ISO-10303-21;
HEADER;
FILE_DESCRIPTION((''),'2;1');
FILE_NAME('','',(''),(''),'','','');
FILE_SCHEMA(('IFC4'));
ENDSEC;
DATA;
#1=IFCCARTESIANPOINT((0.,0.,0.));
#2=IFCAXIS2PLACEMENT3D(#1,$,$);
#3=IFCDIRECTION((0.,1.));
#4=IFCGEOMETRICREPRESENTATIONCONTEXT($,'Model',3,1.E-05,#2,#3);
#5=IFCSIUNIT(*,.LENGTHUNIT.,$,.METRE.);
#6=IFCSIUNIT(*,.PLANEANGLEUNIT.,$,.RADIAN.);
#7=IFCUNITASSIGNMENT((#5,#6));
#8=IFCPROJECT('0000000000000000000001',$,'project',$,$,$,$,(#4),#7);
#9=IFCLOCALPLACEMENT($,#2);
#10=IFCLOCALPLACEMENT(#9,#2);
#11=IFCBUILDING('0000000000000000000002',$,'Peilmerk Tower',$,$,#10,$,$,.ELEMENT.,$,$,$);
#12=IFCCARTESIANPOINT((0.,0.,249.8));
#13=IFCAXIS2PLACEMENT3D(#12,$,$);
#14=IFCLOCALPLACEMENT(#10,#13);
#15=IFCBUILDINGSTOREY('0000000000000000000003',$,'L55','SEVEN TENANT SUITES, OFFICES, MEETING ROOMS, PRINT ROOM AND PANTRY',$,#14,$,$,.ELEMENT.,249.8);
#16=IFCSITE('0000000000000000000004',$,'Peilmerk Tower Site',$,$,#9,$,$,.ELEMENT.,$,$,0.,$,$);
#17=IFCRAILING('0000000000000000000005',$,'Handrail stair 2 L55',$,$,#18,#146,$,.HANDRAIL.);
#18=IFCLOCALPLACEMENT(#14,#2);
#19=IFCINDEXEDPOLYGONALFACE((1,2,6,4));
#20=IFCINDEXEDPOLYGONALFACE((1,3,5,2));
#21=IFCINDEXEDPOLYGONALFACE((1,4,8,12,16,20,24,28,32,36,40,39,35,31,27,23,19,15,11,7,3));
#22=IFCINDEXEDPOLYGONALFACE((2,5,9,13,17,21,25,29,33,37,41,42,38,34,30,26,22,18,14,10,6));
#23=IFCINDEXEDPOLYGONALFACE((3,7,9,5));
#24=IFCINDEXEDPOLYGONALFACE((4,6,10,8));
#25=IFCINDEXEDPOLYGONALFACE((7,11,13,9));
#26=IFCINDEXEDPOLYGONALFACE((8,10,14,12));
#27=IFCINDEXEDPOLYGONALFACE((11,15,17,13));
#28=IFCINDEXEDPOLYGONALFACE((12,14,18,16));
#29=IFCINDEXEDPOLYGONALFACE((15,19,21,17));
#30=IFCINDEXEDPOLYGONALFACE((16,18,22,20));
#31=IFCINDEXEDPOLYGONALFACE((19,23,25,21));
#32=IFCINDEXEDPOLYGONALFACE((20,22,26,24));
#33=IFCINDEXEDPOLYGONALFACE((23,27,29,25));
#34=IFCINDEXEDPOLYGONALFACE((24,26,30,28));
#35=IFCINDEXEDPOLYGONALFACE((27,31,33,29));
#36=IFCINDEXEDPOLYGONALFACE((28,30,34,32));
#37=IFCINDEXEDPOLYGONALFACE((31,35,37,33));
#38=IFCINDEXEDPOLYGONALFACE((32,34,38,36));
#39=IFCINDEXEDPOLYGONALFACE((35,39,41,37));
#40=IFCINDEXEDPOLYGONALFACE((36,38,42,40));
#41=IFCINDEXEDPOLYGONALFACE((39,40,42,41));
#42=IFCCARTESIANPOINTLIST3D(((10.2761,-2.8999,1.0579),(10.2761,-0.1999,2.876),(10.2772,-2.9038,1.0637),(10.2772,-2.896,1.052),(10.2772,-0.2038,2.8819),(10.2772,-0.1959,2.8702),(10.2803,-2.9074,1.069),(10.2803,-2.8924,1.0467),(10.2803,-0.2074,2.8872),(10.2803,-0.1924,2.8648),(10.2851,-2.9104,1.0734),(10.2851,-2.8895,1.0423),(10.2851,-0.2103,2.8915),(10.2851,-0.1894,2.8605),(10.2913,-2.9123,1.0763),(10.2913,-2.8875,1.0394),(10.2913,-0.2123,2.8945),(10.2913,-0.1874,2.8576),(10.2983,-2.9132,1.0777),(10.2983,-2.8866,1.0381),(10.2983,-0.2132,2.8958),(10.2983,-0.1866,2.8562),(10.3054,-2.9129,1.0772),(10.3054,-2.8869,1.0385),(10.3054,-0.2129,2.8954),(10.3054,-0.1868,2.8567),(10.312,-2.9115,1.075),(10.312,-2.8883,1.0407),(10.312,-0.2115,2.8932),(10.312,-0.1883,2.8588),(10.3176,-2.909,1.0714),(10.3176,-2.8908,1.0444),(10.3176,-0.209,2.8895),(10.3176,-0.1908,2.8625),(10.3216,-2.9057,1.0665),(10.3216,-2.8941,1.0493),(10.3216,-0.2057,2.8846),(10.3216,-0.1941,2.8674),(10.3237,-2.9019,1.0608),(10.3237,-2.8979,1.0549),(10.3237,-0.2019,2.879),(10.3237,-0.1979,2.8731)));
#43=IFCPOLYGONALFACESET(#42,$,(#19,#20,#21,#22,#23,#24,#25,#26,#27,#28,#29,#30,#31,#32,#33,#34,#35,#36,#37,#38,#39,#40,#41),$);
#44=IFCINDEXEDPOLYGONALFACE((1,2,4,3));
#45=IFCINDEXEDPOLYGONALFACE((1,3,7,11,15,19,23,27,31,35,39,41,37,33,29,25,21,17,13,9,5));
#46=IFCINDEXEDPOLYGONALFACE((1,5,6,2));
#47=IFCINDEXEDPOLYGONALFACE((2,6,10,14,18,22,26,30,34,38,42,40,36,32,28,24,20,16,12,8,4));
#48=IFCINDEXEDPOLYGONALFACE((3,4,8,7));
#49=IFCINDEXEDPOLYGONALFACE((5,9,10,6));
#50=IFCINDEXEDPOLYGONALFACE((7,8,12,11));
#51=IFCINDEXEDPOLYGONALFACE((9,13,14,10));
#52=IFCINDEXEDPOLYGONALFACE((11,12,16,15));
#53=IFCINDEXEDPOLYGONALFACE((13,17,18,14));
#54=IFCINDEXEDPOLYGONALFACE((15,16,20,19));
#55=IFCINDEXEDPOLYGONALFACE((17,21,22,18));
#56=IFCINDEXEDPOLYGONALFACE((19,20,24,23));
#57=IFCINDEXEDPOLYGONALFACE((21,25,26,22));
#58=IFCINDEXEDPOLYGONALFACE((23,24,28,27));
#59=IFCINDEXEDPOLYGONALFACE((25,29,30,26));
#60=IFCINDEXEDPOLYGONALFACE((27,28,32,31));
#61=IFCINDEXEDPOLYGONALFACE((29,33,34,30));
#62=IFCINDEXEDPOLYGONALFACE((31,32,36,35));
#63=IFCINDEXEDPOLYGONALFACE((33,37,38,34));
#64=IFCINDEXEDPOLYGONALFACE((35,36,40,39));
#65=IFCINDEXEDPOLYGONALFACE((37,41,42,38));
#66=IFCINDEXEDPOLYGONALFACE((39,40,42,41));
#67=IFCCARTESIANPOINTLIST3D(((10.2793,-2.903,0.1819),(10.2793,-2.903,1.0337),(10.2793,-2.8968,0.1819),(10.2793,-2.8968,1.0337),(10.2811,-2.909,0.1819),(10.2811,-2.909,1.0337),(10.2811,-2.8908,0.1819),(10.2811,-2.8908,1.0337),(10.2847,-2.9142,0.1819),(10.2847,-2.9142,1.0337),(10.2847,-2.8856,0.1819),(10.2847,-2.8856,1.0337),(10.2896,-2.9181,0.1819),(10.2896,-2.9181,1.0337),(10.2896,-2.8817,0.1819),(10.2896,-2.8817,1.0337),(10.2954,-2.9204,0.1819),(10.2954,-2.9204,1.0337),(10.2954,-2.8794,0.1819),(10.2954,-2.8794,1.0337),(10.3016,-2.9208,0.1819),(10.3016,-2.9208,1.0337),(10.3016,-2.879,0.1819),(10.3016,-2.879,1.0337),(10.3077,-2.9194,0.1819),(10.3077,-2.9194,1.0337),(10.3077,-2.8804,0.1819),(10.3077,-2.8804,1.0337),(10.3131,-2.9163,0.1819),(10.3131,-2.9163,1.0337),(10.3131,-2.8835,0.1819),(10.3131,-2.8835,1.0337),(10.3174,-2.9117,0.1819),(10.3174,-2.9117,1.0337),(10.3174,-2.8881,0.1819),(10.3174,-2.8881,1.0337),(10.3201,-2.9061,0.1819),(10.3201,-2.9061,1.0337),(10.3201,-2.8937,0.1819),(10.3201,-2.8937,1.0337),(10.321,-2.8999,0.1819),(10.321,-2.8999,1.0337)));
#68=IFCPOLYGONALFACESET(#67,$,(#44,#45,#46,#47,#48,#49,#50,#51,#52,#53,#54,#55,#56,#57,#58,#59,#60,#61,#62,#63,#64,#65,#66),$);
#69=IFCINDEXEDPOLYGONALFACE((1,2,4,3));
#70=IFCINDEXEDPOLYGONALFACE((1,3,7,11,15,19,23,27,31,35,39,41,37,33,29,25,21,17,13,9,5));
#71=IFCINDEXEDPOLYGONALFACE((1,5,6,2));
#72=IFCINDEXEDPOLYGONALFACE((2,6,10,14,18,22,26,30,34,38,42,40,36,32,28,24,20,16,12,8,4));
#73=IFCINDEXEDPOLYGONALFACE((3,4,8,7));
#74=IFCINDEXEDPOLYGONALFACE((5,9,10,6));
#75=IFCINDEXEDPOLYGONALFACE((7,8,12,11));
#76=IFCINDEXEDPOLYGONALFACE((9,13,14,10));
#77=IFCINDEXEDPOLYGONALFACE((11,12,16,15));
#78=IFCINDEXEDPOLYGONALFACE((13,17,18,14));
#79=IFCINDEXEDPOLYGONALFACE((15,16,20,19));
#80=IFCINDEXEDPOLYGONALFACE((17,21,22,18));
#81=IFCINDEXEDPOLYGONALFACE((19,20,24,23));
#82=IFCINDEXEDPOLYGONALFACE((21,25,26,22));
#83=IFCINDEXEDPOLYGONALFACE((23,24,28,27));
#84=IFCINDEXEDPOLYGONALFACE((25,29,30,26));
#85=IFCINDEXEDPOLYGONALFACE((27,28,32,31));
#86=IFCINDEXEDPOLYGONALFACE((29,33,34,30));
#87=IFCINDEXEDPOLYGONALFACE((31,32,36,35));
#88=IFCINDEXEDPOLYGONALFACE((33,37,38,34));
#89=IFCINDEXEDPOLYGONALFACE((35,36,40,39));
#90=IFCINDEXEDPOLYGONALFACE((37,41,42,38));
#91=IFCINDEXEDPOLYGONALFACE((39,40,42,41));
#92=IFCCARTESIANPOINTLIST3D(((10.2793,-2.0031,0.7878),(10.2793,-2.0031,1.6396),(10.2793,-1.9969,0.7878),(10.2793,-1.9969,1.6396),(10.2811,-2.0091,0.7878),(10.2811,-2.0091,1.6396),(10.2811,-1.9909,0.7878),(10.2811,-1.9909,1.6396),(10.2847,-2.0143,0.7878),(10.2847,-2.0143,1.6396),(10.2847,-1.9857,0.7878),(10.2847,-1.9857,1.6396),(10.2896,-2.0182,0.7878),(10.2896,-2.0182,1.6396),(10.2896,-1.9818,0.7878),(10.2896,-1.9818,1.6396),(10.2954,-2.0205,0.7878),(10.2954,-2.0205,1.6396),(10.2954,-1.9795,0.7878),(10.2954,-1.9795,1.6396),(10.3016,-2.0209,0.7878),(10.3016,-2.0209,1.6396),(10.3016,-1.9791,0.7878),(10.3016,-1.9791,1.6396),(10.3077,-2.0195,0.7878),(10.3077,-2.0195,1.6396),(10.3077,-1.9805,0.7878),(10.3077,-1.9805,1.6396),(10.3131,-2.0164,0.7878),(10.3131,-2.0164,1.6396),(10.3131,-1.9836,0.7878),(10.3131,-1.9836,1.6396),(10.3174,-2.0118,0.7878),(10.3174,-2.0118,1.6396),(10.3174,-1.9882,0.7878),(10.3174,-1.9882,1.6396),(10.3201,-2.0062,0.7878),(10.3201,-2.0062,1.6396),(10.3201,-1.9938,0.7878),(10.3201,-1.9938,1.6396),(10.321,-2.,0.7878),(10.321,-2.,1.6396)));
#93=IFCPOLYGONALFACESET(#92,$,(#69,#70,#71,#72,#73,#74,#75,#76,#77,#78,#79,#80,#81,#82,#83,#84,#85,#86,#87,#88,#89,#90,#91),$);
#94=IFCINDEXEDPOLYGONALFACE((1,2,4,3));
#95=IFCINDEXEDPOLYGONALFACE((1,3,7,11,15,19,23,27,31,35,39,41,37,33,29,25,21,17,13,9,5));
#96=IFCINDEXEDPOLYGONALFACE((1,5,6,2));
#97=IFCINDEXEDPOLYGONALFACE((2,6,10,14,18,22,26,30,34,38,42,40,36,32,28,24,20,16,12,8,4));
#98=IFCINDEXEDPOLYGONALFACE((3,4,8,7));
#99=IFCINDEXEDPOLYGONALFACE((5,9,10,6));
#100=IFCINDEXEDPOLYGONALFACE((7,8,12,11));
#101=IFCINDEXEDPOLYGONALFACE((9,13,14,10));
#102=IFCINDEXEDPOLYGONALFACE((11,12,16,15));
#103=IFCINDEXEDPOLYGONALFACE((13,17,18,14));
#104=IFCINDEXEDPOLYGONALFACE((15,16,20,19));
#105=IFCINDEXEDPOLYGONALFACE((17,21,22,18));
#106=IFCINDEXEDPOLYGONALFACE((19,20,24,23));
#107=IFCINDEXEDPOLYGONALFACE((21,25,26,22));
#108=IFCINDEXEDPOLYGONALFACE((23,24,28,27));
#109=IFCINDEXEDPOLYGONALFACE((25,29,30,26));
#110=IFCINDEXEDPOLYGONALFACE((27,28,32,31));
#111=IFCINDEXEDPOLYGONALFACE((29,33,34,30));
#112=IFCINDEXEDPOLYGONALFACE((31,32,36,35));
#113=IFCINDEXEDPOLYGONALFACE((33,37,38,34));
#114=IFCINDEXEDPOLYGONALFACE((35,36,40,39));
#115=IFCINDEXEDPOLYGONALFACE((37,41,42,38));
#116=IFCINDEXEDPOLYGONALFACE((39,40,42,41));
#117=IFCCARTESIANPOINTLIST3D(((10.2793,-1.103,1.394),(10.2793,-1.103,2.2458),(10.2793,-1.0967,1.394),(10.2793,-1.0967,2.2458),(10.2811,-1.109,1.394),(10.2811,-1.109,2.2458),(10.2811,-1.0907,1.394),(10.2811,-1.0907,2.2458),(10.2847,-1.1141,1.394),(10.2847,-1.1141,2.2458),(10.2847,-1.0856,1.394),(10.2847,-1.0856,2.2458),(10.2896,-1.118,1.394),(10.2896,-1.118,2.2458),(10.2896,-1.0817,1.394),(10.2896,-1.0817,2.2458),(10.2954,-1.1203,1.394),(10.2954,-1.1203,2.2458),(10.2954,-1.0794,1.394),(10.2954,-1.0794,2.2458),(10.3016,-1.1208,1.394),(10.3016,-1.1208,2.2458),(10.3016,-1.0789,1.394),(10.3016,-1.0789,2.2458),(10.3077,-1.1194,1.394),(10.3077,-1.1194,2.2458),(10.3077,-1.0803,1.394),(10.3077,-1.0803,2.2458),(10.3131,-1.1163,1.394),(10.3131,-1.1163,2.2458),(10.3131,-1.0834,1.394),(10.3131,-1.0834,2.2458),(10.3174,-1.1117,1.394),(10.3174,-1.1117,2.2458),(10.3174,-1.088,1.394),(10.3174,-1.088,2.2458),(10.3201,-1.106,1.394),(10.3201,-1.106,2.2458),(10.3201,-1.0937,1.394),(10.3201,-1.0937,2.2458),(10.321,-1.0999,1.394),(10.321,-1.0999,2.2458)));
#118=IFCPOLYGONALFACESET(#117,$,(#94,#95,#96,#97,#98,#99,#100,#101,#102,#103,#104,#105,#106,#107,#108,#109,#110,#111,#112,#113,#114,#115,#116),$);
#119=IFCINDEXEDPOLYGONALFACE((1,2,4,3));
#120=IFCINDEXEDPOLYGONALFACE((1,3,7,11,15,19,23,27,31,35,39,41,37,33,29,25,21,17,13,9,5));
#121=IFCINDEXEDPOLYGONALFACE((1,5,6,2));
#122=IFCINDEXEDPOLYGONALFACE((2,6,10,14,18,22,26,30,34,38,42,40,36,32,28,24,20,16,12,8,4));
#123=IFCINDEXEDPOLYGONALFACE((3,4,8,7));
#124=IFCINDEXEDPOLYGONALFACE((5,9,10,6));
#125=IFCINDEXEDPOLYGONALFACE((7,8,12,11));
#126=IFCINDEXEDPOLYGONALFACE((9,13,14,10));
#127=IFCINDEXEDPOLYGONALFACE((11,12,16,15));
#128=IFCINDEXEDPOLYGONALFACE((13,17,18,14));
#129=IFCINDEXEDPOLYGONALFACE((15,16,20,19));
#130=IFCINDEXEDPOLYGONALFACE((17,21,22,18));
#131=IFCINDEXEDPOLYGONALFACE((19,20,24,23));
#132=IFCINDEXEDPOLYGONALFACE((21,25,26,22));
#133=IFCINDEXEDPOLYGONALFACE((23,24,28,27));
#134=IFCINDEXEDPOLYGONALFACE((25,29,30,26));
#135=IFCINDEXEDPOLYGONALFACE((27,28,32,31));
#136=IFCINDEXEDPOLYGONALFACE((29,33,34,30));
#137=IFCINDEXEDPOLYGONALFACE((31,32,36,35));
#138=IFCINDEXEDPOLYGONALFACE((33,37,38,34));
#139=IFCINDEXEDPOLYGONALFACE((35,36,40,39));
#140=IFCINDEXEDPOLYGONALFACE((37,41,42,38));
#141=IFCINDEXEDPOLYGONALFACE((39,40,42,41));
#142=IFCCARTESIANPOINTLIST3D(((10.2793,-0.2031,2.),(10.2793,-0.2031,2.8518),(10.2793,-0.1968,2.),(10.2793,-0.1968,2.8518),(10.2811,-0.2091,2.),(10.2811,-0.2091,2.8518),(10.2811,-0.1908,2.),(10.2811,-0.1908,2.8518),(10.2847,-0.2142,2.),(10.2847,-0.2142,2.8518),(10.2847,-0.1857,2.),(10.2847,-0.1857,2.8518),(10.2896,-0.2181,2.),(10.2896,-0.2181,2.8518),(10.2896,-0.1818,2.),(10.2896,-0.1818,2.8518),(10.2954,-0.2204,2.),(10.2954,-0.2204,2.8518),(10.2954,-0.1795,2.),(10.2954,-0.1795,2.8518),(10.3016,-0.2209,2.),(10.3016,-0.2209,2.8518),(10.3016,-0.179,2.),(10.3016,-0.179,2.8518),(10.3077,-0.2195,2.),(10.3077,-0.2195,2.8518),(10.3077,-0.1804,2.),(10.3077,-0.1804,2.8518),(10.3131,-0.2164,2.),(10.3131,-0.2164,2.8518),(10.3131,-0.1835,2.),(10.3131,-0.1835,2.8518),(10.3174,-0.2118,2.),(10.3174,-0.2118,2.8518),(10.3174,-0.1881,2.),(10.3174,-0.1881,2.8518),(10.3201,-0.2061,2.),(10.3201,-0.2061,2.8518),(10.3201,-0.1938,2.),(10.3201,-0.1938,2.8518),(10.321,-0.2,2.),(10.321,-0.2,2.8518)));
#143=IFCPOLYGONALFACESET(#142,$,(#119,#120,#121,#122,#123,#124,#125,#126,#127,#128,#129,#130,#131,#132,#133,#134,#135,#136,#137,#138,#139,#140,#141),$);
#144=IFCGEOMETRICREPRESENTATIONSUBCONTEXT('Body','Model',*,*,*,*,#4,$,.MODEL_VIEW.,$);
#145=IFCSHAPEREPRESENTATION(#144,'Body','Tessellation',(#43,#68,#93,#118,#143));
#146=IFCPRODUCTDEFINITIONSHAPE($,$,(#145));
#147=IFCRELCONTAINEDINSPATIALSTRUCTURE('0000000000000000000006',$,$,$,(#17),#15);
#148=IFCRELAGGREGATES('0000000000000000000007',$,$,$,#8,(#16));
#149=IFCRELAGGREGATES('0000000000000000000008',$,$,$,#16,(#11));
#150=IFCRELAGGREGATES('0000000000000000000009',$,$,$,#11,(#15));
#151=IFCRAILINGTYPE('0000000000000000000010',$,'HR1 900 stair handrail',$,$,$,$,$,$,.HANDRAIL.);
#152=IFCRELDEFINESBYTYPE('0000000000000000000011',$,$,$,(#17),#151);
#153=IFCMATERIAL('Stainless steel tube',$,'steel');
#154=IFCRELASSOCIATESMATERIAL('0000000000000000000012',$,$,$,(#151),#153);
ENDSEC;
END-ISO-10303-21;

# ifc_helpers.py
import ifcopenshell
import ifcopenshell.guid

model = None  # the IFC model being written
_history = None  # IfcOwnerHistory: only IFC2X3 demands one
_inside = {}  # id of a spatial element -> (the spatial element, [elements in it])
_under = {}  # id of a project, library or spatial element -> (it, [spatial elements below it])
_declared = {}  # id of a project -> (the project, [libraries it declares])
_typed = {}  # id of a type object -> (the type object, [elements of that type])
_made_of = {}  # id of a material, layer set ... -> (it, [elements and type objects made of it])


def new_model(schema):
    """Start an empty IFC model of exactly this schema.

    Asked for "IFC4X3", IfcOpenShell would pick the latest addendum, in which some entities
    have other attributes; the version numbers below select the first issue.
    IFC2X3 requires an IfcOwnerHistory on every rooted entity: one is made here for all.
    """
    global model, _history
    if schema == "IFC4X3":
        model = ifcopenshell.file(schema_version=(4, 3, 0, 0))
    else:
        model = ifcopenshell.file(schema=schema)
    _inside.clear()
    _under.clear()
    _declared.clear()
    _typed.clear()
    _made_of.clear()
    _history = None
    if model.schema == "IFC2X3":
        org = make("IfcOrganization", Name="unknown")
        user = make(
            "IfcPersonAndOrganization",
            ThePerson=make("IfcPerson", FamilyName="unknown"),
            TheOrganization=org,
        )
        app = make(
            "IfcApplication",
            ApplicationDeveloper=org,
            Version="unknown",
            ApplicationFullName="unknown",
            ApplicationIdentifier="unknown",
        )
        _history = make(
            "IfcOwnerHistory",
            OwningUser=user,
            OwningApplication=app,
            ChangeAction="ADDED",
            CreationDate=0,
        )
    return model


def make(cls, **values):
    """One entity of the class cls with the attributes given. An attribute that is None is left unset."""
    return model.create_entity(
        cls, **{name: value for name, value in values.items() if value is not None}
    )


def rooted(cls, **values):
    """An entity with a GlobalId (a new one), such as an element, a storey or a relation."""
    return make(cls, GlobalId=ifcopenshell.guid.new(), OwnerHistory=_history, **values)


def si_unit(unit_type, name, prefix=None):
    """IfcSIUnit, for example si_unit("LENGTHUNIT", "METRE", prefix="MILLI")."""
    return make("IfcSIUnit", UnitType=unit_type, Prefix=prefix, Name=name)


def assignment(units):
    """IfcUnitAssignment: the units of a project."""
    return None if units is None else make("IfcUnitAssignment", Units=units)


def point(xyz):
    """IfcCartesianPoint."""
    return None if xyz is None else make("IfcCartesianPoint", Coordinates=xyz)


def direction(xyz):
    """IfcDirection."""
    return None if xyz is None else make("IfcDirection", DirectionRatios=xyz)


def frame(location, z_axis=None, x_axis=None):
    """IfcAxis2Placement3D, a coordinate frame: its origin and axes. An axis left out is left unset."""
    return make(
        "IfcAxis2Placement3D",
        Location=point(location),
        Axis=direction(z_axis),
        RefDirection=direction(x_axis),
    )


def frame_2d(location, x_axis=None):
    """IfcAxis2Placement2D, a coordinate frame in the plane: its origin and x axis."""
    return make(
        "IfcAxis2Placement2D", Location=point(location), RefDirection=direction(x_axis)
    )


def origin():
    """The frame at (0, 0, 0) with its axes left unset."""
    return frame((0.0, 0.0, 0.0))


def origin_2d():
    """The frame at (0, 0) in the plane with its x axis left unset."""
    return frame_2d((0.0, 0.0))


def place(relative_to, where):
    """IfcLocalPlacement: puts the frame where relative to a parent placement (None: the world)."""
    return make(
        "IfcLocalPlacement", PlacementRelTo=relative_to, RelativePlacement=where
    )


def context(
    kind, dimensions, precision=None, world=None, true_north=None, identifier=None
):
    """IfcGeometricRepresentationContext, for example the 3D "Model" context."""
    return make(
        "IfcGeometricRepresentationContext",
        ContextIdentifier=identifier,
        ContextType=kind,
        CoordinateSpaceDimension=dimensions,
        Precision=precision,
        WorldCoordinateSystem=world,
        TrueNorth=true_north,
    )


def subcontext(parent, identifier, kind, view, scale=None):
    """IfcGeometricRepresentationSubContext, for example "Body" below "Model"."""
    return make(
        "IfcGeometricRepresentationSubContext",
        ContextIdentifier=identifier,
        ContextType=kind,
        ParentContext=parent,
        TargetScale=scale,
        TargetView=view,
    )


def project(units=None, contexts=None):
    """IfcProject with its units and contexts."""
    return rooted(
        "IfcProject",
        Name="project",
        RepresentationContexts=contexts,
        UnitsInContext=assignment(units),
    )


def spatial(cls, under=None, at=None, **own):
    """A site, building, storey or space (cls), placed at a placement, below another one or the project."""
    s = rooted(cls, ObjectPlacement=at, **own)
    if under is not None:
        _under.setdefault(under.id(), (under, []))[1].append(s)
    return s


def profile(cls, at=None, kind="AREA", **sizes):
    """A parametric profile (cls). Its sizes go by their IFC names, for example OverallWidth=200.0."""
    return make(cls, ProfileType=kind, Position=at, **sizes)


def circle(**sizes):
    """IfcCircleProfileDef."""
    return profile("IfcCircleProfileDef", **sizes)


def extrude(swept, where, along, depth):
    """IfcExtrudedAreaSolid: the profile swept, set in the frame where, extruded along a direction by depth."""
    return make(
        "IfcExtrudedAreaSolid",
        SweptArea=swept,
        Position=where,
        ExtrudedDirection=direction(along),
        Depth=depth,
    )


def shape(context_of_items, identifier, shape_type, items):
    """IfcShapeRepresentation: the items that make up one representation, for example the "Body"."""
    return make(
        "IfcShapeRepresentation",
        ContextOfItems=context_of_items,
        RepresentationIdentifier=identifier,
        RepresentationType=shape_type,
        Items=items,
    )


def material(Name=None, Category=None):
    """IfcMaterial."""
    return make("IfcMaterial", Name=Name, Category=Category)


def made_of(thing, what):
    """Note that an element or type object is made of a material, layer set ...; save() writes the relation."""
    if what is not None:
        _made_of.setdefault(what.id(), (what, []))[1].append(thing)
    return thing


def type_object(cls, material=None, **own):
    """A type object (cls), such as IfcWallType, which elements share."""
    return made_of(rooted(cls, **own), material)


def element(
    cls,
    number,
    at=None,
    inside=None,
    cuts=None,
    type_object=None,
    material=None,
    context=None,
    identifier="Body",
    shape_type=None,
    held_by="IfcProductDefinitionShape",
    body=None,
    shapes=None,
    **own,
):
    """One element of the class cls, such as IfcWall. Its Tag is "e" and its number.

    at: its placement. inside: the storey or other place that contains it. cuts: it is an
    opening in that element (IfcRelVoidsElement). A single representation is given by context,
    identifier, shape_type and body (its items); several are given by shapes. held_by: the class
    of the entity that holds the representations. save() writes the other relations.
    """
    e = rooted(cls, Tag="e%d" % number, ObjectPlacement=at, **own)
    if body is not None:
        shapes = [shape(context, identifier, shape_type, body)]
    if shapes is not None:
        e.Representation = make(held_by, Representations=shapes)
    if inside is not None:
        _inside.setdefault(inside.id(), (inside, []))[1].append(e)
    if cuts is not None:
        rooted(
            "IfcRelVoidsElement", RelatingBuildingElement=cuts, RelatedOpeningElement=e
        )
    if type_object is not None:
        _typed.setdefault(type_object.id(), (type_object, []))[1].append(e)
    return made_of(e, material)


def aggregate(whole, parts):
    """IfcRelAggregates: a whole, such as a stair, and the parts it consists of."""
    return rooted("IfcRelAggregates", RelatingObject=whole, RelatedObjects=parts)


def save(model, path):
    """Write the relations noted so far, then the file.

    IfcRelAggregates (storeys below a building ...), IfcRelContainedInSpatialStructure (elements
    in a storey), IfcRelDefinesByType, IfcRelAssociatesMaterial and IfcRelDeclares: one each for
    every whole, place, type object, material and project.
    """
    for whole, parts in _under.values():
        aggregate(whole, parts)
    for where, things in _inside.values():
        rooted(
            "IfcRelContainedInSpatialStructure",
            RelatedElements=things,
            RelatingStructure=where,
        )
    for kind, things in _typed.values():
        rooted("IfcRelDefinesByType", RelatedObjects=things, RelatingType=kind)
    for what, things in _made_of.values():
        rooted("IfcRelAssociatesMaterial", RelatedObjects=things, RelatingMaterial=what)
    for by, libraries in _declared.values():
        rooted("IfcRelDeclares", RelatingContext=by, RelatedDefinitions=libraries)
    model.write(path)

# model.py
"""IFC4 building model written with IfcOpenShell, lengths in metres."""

from ifc_helpers import new_model, si_unit, direction, frame, origin, origin_2d, place, context, subcontext, project, spatial, circle, extrude, material, type_object, element, save


model = new_model("IFC4")

# Units and contexts
model_context = context("Model", 3, precision=1e-05, world=origin(), true_north=direction((0.0, 1.0)))
body_context = subcontext(model_context, "Body", "Model", "MODEL_VIEW")
ifc_project = project(units=[si_unit("LENGTHUNIT", "METRE"), si_unit("PLANEANGLEUNIT", "RADIAN")], contexts=[model_context])

# Site, building, storey
site_placement = place(None, origin())
site = spatial("IfcSite", under=ifc_project, at=site_placement, Name="Peilmerk Tower Site", CompositionType="ELEMENT", RefElevation=0.0)
building_placement = place(site_placement, origin())
building = spatial("IfcBuilding", under=site, at=building_placement, Name="Peilmerk Tower", CompositionType="ELEMENT")
storey_placement = place(building_placement, frame((0.0, 0.0, 249.8)))
storey = spatial("IfcBuildingStorey", under=building, at=storey_placement, Name="L55", Description="SEVEN TENANT SUITES, OFFICES, MEETING ROOMS, PRINT ROOM AND PANTRY", CompositionType="ELEMENT", Elevation=249.8)

# Railing
ifc_material_1 = material(Name="Stainless steel tube", Category="steel")
railing_type_1 = type_object("IfcRailingType", Name="HR1 900 stair handrail", PredefinedType="HANDRAIL", material=ifc_material_1)
railing_1_placement = place(storey_placement, frame((10.3, -2.8999, 0.1819)))
element("IfcRailing", 1, at=railing_1_placement, inside=storey, type_object=railing_type_1, Name="Handrail stair 2 L55", PredefinedType="HANDRAIL", context=body_context, shape_type="SweptSolid", body=[
    extrude(circle(Radius=0.0239, at=origin_2d()), frame((0.0, 0.0, 0.876), z_axis=(0.0, 0.829468, 0.558554), x_axis=(-1.0, 0.0, 0.0)), (0.0, 0.0, 1.0), 3.2551),
    extrude(circle(Radius=0.021, at=origin_2d()), origin(), (0.0, 0.0, 1.0), 0.8518),
    extrude(circle(Radius=0.021, at=origin_2d()), frame((0.0, 0.8999, 0.606)), (0.0, 0.0, 1.0), 0.8518),
    extrude(circle(Radius=0.021, at=origin_2d()), frame((0.0, 1.8, 1.2122)), (0.0, 0.0, 1.0), 0.8518),
    extrude(circle(Radius=0.021, at=origin_2d()), frame((0.0, 2.7, 1.8181)), (0.0, 0.0, 1.0), 0.8518),
])

save(model, "model.ifc")
